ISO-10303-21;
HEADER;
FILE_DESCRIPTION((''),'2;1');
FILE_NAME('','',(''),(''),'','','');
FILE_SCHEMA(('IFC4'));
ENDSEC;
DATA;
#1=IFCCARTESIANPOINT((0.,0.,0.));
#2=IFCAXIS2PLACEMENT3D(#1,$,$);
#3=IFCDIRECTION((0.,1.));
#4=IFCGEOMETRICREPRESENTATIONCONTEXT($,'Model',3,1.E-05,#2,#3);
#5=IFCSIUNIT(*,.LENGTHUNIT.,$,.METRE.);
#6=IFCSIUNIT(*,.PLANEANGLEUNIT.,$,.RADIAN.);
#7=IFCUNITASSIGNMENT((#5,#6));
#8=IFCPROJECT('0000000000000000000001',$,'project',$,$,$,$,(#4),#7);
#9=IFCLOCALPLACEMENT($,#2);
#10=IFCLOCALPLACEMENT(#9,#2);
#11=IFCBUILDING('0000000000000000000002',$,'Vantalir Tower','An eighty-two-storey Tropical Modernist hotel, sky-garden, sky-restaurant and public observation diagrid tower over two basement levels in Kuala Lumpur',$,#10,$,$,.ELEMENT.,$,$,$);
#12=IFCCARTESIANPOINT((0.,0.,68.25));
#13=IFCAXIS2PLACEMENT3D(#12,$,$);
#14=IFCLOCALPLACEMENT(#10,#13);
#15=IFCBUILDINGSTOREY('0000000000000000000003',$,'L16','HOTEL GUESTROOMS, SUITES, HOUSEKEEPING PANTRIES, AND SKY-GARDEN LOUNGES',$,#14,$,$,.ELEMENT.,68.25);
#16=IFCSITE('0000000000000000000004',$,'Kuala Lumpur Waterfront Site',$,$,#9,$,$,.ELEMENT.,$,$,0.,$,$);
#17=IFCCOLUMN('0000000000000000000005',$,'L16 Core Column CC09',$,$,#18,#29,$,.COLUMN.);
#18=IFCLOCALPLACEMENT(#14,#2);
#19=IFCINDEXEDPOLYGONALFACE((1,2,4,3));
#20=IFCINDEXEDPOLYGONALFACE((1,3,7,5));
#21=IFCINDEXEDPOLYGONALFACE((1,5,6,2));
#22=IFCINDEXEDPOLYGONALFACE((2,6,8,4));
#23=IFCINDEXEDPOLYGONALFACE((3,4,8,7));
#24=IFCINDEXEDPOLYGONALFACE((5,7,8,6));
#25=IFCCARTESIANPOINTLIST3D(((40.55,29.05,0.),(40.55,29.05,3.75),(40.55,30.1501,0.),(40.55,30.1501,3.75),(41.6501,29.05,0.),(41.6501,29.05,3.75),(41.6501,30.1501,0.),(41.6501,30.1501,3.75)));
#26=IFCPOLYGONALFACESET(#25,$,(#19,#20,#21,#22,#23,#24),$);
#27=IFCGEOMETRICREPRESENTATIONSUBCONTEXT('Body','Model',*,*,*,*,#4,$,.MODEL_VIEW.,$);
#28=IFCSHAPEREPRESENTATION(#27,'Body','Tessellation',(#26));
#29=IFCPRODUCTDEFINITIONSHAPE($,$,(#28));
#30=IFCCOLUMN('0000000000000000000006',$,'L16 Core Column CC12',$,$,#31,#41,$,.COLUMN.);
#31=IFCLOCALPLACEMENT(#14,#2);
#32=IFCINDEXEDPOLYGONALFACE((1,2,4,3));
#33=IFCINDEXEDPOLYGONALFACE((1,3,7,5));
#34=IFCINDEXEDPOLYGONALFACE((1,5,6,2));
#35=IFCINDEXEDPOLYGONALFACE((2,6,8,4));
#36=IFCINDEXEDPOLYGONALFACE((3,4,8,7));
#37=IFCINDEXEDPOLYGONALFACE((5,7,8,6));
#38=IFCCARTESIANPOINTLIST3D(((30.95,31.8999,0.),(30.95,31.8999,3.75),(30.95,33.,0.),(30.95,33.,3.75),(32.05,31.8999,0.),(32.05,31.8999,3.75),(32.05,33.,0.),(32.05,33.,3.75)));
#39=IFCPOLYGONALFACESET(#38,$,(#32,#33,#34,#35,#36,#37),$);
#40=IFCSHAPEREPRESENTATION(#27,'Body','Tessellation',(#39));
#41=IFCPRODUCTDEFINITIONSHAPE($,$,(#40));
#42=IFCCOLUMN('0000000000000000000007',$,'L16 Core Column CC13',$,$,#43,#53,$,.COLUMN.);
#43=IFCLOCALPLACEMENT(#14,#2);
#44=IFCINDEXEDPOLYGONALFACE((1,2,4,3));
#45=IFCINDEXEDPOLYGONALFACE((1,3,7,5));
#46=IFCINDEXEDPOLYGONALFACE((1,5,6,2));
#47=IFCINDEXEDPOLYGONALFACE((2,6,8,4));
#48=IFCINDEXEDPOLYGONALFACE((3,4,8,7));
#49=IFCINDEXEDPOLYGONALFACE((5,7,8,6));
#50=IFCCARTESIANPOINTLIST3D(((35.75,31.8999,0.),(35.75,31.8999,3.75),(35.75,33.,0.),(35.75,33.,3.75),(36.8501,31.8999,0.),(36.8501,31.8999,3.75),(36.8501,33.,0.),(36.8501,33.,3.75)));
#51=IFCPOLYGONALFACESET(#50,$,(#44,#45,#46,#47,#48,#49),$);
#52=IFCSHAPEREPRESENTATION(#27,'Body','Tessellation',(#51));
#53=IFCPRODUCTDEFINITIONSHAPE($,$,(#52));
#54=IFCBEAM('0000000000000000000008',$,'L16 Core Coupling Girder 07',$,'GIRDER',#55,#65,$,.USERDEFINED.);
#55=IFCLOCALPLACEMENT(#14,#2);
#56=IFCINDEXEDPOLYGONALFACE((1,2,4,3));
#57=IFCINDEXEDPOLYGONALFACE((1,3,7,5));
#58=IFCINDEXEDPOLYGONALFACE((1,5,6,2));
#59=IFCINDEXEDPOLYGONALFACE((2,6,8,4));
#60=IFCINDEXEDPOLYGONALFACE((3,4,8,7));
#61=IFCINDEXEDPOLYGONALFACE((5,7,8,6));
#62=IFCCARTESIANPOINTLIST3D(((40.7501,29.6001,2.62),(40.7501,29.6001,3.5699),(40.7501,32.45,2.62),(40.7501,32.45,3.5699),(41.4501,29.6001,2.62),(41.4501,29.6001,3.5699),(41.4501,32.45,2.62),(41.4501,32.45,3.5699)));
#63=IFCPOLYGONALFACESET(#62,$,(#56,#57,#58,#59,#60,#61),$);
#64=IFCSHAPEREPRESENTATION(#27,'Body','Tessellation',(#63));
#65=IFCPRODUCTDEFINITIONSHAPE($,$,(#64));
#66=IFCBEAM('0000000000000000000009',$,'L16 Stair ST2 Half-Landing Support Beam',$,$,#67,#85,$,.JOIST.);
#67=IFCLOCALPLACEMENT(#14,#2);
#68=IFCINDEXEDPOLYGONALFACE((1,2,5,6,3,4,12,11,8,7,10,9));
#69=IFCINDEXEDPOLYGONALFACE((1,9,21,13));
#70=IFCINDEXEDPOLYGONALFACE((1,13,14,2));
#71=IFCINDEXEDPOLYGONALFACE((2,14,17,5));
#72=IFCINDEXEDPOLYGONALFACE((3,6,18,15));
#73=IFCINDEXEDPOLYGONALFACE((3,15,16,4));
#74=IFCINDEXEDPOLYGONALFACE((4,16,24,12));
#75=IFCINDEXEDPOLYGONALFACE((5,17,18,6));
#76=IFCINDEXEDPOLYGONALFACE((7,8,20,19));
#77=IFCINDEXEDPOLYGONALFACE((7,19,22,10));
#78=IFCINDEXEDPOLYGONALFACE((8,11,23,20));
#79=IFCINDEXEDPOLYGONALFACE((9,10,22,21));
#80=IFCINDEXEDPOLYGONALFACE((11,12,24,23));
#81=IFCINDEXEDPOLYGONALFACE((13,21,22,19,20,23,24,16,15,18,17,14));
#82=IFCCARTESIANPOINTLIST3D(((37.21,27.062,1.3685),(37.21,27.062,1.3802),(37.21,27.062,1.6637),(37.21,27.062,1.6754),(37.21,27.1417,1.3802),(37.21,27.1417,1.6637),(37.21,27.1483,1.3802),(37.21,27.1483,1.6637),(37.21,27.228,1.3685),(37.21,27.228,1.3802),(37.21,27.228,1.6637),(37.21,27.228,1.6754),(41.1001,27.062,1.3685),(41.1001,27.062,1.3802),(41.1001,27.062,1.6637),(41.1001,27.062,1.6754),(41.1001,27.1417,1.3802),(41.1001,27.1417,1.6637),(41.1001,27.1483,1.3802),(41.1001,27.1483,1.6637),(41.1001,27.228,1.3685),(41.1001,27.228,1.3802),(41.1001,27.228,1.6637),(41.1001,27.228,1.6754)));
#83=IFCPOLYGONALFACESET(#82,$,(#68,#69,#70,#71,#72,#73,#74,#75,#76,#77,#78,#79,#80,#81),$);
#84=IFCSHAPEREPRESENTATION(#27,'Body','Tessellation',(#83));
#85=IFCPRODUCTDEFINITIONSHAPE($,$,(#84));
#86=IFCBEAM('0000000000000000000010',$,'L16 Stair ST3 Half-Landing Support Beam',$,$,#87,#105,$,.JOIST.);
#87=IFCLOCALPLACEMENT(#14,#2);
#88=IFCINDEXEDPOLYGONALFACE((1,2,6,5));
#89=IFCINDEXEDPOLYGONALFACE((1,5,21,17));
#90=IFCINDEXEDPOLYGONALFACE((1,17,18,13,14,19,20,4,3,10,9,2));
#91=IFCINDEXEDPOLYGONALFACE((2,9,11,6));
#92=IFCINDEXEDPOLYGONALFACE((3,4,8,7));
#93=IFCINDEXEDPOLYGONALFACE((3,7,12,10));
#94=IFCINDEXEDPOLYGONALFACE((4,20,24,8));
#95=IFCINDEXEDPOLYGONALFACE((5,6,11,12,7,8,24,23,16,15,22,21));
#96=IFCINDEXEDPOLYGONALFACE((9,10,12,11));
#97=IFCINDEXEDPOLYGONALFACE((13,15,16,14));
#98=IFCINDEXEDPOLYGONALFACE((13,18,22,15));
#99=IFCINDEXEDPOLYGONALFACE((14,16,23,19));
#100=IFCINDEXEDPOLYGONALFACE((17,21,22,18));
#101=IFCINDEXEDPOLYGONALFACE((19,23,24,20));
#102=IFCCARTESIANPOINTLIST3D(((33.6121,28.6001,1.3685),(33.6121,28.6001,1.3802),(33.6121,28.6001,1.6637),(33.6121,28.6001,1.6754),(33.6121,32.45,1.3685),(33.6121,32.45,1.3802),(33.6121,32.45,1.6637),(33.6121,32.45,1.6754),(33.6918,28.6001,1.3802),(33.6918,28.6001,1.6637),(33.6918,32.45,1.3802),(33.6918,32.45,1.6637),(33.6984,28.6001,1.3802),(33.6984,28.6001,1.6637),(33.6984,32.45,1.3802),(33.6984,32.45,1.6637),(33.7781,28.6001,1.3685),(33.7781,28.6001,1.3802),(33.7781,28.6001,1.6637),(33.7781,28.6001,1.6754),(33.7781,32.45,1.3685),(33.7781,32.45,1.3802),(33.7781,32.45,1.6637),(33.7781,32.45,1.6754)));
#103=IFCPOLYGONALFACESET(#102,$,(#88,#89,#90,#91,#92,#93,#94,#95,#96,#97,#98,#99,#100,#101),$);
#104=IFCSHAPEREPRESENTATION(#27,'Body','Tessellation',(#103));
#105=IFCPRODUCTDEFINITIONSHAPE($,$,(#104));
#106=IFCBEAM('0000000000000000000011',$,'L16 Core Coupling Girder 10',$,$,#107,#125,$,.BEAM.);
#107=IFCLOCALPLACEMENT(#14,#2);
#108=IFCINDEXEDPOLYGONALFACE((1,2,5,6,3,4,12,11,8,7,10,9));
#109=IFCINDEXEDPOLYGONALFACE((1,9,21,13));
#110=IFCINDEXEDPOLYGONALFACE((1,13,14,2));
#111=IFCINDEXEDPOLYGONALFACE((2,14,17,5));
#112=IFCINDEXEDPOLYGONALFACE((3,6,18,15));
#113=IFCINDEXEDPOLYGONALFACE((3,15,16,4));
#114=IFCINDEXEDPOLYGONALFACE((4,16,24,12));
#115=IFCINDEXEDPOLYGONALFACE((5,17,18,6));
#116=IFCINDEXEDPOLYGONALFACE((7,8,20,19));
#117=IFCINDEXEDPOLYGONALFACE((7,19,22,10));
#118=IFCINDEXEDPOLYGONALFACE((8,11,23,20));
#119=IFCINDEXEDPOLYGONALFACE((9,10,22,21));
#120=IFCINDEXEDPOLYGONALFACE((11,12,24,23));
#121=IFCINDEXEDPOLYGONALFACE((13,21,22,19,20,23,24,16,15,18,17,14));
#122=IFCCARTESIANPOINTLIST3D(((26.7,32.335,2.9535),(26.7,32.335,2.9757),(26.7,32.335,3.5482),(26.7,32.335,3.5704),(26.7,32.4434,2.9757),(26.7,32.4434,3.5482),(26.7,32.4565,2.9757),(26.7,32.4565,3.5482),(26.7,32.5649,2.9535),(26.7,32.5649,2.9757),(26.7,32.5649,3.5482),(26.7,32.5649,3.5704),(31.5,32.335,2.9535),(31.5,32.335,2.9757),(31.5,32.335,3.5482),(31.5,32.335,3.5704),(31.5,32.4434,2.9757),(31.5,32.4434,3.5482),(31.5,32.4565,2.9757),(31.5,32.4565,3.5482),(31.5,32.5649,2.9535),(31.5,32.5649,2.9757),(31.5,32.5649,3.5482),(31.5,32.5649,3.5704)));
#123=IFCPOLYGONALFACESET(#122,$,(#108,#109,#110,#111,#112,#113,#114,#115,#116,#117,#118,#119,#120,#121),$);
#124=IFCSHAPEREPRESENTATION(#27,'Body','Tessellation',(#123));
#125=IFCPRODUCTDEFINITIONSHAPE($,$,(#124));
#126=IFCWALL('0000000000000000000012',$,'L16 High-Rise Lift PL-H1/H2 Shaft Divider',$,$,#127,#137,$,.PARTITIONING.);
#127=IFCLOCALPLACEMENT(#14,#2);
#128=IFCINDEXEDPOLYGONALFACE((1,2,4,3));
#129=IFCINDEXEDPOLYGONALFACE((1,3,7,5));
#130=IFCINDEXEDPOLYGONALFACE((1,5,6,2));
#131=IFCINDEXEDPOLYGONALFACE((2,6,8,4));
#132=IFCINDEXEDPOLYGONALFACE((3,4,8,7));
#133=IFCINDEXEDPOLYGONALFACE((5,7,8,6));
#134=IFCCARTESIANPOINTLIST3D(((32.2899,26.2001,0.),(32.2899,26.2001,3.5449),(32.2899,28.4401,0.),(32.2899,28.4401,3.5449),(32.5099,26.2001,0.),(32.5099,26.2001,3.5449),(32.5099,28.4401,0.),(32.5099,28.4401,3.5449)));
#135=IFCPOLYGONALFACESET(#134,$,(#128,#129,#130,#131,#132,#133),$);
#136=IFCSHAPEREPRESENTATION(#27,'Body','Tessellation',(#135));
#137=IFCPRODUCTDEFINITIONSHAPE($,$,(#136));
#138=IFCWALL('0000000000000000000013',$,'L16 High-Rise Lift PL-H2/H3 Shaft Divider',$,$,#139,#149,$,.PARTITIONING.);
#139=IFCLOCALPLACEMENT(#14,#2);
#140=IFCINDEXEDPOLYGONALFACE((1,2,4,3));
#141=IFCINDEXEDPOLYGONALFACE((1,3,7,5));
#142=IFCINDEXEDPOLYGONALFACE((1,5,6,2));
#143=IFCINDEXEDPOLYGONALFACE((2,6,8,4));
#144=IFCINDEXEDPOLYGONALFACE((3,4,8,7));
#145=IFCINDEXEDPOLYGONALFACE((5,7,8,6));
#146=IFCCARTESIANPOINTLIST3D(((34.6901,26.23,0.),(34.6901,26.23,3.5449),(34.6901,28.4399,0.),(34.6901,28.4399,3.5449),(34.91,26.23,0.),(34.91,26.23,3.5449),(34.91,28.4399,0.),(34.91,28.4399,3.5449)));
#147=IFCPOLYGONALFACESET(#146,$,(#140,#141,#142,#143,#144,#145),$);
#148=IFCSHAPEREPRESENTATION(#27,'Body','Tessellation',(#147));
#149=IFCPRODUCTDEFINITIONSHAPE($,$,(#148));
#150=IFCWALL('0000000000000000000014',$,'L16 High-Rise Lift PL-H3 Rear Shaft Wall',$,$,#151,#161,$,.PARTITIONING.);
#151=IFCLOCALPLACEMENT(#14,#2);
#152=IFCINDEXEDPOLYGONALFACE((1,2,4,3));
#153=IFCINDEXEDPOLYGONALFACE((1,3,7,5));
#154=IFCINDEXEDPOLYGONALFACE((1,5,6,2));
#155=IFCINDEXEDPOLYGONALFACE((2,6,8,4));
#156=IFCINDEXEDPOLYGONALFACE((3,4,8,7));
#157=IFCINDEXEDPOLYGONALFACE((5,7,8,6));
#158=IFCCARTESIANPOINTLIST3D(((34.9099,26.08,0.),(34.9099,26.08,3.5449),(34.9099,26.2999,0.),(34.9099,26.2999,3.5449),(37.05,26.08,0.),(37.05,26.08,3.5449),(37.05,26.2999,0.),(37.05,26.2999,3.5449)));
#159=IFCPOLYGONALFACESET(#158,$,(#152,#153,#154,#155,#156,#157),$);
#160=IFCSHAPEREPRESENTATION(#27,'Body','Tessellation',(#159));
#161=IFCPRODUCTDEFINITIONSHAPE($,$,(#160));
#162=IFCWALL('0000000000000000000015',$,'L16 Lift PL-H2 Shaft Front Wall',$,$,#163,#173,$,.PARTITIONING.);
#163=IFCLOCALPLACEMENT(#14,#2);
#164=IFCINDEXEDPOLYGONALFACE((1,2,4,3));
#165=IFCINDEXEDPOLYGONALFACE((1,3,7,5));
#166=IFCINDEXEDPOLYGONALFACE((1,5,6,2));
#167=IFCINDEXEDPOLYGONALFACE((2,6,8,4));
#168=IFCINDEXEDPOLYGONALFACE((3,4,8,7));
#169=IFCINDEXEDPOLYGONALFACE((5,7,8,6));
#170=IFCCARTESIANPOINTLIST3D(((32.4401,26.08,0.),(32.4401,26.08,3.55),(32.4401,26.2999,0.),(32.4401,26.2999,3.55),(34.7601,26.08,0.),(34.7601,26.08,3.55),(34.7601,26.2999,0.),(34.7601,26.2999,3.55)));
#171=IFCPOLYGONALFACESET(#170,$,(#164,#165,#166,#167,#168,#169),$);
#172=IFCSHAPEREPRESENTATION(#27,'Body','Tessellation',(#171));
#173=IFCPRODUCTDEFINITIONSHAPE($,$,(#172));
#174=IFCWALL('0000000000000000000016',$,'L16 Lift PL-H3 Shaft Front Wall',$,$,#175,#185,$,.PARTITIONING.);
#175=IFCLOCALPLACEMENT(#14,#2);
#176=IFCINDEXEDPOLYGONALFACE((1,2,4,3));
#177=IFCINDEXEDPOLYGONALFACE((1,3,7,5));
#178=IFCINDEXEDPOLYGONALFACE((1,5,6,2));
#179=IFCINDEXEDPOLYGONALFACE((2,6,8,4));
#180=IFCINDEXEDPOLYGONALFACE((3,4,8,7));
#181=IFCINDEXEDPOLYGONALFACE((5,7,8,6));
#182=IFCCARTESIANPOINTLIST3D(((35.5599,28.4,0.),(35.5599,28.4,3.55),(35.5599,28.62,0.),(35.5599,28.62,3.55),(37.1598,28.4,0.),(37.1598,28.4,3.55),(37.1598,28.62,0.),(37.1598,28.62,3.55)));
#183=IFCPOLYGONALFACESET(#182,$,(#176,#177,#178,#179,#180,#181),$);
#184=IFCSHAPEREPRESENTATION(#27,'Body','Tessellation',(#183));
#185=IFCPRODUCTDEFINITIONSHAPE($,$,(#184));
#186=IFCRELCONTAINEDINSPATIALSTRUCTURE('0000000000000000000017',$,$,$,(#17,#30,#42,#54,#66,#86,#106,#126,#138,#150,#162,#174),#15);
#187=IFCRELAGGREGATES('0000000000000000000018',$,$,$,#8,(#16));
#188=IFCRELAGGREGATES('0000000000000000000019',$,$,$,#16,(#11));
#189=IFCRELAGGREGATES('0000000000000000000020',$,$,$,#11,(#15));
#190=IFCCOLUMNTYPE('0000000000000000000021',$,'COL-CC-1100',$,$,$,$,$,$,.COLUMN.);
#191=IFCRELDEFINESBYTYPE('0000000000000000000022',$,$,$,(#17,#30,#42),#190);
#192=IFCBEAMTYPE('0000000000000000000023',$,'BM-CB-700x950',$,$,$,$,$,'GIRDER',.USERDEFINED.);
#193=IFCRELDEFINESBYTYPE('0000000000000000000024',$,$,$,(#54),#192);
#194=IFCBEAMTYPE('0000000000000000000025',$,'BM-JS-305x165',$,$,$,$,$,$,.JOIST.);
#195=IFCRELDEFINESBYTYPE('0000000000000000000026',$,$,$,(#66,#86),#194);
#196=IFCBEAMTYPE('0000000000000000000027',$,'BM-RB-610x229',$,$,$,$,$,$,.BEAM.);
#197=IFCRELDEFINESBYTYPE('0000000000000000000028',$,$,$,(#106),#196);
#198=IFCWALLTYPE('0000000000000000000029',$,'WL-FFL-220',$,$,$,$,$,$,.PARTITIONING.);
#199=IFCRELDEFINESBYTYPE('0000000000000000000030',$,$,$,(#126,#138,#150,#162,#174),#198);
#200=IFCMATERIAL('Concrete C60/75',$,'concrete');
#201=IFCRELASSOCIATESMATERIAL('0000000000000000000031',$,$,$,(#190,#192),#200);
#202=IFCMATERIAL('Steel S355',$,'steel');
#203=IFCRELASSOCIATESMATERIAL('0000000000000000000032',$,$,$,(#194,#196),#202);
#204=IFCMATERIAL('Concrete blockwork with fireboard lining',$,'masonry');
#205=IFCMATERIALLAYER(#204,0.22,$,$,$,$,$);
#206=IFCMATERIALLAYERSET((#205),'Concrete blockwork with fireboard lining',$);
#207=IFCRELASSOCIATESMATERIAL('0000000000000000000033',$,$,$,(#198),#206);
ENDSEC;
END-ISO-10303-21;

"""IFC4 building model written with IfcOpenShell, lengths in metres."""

from ifc_helpers import new_model, si_unit, direction, frame, frame_2d, origin, origin_2d, place, context, subcontext, project, spatial, rectangle, i_section, extrude, material, layer, layer_set, material_profile, profile_set, type_object, element, save


model = new_model("IFC4")

# Units and contexts
model_context = context("Model", 3, precision=1e-05, world=origin(), true_north=direction((0.0, 1.0)))
body_context = subcontext(model_context, "Body", "Model", "MODEL_VIEW")
ifc_project = project(units=[si_unit("LENGTHUNIT", "METRE"), si_unit("PLANEANGLEUNIT", "RADIAN")], contexts=[model_context])

# Site, building, storey
site_placement = place(None, origin())
site = spatial("IfcSite", under=ifc_project, at=site_placement, Name="Kuala Lumpur Waterfront Site", CompositionType="ELEMENT", RefElevation=0.0)
building_placement = place(site_placement, origin())
building = spatial("IfcBuilding", under=site, at=building_placement, Name="Vantalir Tower", Description="An eighty-two-storey Tropical Modernist hotel, sky-garden, sky-restaurant and public observation diagrid tower over two basement levels in Kuala Lumpur", CompositionType="ELEMENT")
storey_placement = place(building_placement, frame((0.0, 0.0, 68.25)))
storey = spatial("IfcBuildingStorey", under=building, at=storey_placement, Name="L16", Description="HOTEL GUESTROOMS, SUITES, HOUSEKEEPING PANTRIES, AND SKY-GARDEN LOUNGES", CompositionType="ELEMENT", Elevation=68.25)

# Columns
ifc_material_1 = material(Name="Concrete C60/75", Category="concrete")
ifc_material_profile_1 = material_profile(ifc_material_1, rectangle(XDim=1.1001, YDim=1.1001, at=origin_2d()), Name="Concrete C60/75")
ifc_profile_set_1 = profile_set([ifc_material_profile_1], Name="Concrete C60/75")
column_type = type_object("IfcColumnType", Name="COL-CC-1100", PredefinedType="COLUMN", material=ifc_profile_set_1)
for number, where, z_axis, x_axis, name in (
    (1, (41.1001, 29.6001, 0.0), (0.0, 0.0, 1.0), (1.0, 0.0, 0.0), "L16 Core Column CC09"),
    (2, (31.5, 32.45, 0.0), (0.0, 0.0, 1.0), (1.0, 0.0, 0.0), "L16 Core Column CC12"),
    (3, (36.3, 32.45, 0.0), (0.0, 0.0, 1.0), (1.0, 0.0, 0.0), "L16 Core Column CC13"),
):
    element("IfcColumn", number, at=place(storey_placement, frame(where, z_axis=z_axis, x_axis=x_axis)), inside=storey, type_object=column_type, Name=name, PredefinedType="COLUMN", context=body_context, shape_type="SweptSolid", body=[
        extrude(rectangle(XDim=1.1001, YDim=1.1001, at=origin_2d()), origin(), (0.0, 0.0, 1.0), 3.75),
    ])

# Beams
ifc_material_profile_2 = material_profile(ifc_material_1, rectangle(XDim=0.7, YDim=0.95, at=origin_2d()), Name="Concrete C60/75")
ifc_profile_set_2 = profile_set([ifc_material_profile_2], Name="Concrete C60/75")
beam_type_1 = type_object("IfcBeamType", Name="BM-CB-700x950", ElementType="GIRDER", PredefinedType="USERDEFINED", material=ifc_profile_set_2)
beam_1_placement = place(storey_placement, frame((41.1001, 29.6001, 3.095), z_axis=(0.0, 1.0, 0.0), x_axis=(-1.0, 0.0, 0.0)))
element("IfcBeam", 4, at=beam_1_placement, inside=storey, type_object=beam_type_1, Name="L16 Core Coupling Girder 07", ObjectType="GIRDER", PredefinedType="USERDEFINED", context=body_context, shape_type="SweptSolid", body=[
    extrude(rectangle(XDim=0.7, YDim=0.95, at=origin_2d()), origin(), (0.0, 0.0, 1.0), 2.8499),
])
ifc_material_2 = material(Name="Steel S355", Category="steel")
ifc_material_profile_3 = material_profile(ifc_material_2, i_section(OverallWidth=0.166, OverallDepth=0.3069, WebThickness=0.0066, FlangeThickness=0.0117, at=origin_2d()), Name="Steel S355")
ifc_profile_set_3 = profile_set([ifc_material_profile_3], Name="Steel S355")
beam_type_2 = type_object("IfcBeamType", Name="BM-JS-305x165", PredefinedType="JOIST", material=ifc_profile_set_3)
beam_2_placement = place(storey_placement, frame((37.21, 27.145, 1.522), z_axis=(1.0, 0.0, 0.0), x_axis=(0.0, 1.0, 0.0)))
element("IfcBeam", 5, at=beam_2_placement, inside=storey, type_object=beam_type_2, Name="L16 Stair ST2 Half-Landing Support Beam", PredefinedType="JOIST", context=body_context, shape_type="SweptSolid", body=[
    extrude(i_section(OverallWidth=0.166, OverallDepth=0.3069, WebThickness=0.0066, FlangeThickness=0.0117, at=origin_2d()), origin(), (0.0, 0.0, 1.0), 3.8901),
])
beam_3_placement = place(storey_placement, frame((33.6951, 28.6001, 1.522), z_axis=(0.0, 1.0, 0.0), x_axis=(-1.0, 0.0, 0.0)))
element("IfcBeam", 6, at=beam_3_placement, inside=storey, type_object=beam_type_2, Name="L16 Stair ST3 Half-Landing Support Beam", PredefinedType="JOIST", context=body_context, shape_type="SweptSolid", body=[
    extrude(i_section(OverallWidth=0.166, OverallDepth=0.3069, WebThickness=0.0066, FlangeThickness=0.0117, at=origin_2d()), origin(), (0.0, 0.0, 1.0), 3.8499),
])
ifc_material_profile_4 = material_profile(ifc_material_2, i_section(OverallWidth=0.23, OverallDepth=0.6169, WebThickness=0.0132, FlangeThickness=0.0222, at=origin_2d()), Name="Steel S355")
ifc_profile_set_4 = profile_set([ifc_material_profile_4], Name="Steel S355")
beam_type_3 = type_object("IfcBeamType", Name="BM-RB-610x229", PredefinedType="BEAM", material=ifc_profile_set_4)
beam_4_placement = place(storey_placement, frame((31.5, 32.45, 3.262), z_axis=(-1.0, 0.0, 0.0), x_axis=(0.0, -1.0, 0.0)))
element("IfcBeam", 7, at=beam_4_placement, inside=storey, type_object=beam_type_3, Name="L16 Core Coupling Girder 10", PredefinedType="BEAM", context=body_context, shape_type="SweptSolid", body=[
    extrude(i_section(OverallWidth=0.23, OverallDepth=0.6169, WebThickness=0.0132, FlangeThickness=0.0222, at=origin_2d()), origin(), (0.0, 0.0, 1.0), 4.8),
])

# Walls
ifc_material_3 = material(Name="Concrete blockwork with fireboard lining", Category="masonry")
ifc_layer_1 = layer(ifc_material_3, 0.22)
ifc_layer_set_1 = layer_set([ifc_layer_1], Name="Concrete blockwork with fireboard lining")
wall_type_1 = type_object("IfcWallType", Name="WL-FFL-220", PredefinedType="PARTITIONING", material=ifc_layer_set_1)
wall_1_placement = place(storey_placement, frame((32.3999, 26.2, 0.0), z_axis=(0.0, 0.0, 1.0), x_axis=(0.0, 1.0, 0.0)))
element("IfcWall", 8, at=wall_1_placement, inside=storey, type_object=wall_type_1, Name="L16 High-Rise Lift PL-H1/H2 Shaft Divider", PredefinedType="PARTITIONING", context=body_context, shape_type="SweptSolid", body=[
    extrude(rectangle(XDim=2.24, YDim=0.22, at=frame_2d((1.1201, 0.0))), origin(), (0.0, 0.0, 1.0), 3.5449),
])
wall_2_placement = place(storey_placement, frame((34.8, 26.23, 0.0), z_axis=(0.0, 0.0, 1.0), x_axis=(0.0, 1.0, 0.0)))
element("IfcWall", 9, at=wall_2_placement, inside=storey, type_object=wall_type_1, Name="L16 High-Rise Lift PL-H2/H3 Shaft Divider", PredefinedType="PARTITIONING", context=body_context, shape_type="SweptSolid", body=[
    extrude(rectangle(XDim=2.21, YDim=0.22, at=frame_2d((1.105, 0.0))), origin(), (0.0, 0.0, 1.0), 3.5449),
])
wall_3_placement = place(storey_placement, frame((34.9099, 26.1899, 0.0), z_axis=(0.0, 0.0, 1.0), x_axis=(1.0, 0.0, 0.0)))
element("IfcWall", 10, at=wall_3_placement, inside=storey, type_object=wall_type_1, Name="L16 High-Rise Lift PL-H3 Rear Shaft Wall", PredefinedType="PARTITIONING", context=body_context, shape_type="SweptSolid", body=[
    extrude(rectangle(XDim=2.1401, YDim=0.22, at=frame_2d((1.0701, 0.0))), origin(), (0.0, 0.0, 1.0), 3.5449),
])
wall_4_placement = place(storey_placement, frame((32.4399, 26.1899, 0.0), z_axis=(0.0, 0.0, 1.0), x_axis=(1.0, 0.0, 0.0)))
element("IfcWall", 11, at=wall_4_placement, inside=storey, type_object=wall_type_1, Name="L16 Lift PL-H2 Shaft Front Wall", PredefinedType="PARTITIONING", context=body_context, shape_type="SweptSolid", body=[
    extrude(rectangle(XDim=2.3201, YDim=0.22, at=frame_2d((1.1602, 0.0))), origin(), (0.0, 0.0, 1.0), 3.55),
])
wall_5_placement = place(storey_placement, frame((35.5601, 28.51, 0.0), z_axis=(0.0, 0.0, 1.0), x_axis=(1.0, 0.0, 0.0)))
element("IfcWall", 12, at=wall_5_placement, inside=storey, type_object=wall_type_1, Name="L16 Lift PL-H3 Shaft Front Wall", PredefinedType="PARTITIONING", context=body_context, shape_type="SweptSolid", body=[
    extrude(rectangle(XDim=1.5999, YDim=0.22, at=frame_2d((0.7998, 0.0))), origin(), (0.0, 0.0, 1.0), 3.55),
])

save(model, "model.ifc")
